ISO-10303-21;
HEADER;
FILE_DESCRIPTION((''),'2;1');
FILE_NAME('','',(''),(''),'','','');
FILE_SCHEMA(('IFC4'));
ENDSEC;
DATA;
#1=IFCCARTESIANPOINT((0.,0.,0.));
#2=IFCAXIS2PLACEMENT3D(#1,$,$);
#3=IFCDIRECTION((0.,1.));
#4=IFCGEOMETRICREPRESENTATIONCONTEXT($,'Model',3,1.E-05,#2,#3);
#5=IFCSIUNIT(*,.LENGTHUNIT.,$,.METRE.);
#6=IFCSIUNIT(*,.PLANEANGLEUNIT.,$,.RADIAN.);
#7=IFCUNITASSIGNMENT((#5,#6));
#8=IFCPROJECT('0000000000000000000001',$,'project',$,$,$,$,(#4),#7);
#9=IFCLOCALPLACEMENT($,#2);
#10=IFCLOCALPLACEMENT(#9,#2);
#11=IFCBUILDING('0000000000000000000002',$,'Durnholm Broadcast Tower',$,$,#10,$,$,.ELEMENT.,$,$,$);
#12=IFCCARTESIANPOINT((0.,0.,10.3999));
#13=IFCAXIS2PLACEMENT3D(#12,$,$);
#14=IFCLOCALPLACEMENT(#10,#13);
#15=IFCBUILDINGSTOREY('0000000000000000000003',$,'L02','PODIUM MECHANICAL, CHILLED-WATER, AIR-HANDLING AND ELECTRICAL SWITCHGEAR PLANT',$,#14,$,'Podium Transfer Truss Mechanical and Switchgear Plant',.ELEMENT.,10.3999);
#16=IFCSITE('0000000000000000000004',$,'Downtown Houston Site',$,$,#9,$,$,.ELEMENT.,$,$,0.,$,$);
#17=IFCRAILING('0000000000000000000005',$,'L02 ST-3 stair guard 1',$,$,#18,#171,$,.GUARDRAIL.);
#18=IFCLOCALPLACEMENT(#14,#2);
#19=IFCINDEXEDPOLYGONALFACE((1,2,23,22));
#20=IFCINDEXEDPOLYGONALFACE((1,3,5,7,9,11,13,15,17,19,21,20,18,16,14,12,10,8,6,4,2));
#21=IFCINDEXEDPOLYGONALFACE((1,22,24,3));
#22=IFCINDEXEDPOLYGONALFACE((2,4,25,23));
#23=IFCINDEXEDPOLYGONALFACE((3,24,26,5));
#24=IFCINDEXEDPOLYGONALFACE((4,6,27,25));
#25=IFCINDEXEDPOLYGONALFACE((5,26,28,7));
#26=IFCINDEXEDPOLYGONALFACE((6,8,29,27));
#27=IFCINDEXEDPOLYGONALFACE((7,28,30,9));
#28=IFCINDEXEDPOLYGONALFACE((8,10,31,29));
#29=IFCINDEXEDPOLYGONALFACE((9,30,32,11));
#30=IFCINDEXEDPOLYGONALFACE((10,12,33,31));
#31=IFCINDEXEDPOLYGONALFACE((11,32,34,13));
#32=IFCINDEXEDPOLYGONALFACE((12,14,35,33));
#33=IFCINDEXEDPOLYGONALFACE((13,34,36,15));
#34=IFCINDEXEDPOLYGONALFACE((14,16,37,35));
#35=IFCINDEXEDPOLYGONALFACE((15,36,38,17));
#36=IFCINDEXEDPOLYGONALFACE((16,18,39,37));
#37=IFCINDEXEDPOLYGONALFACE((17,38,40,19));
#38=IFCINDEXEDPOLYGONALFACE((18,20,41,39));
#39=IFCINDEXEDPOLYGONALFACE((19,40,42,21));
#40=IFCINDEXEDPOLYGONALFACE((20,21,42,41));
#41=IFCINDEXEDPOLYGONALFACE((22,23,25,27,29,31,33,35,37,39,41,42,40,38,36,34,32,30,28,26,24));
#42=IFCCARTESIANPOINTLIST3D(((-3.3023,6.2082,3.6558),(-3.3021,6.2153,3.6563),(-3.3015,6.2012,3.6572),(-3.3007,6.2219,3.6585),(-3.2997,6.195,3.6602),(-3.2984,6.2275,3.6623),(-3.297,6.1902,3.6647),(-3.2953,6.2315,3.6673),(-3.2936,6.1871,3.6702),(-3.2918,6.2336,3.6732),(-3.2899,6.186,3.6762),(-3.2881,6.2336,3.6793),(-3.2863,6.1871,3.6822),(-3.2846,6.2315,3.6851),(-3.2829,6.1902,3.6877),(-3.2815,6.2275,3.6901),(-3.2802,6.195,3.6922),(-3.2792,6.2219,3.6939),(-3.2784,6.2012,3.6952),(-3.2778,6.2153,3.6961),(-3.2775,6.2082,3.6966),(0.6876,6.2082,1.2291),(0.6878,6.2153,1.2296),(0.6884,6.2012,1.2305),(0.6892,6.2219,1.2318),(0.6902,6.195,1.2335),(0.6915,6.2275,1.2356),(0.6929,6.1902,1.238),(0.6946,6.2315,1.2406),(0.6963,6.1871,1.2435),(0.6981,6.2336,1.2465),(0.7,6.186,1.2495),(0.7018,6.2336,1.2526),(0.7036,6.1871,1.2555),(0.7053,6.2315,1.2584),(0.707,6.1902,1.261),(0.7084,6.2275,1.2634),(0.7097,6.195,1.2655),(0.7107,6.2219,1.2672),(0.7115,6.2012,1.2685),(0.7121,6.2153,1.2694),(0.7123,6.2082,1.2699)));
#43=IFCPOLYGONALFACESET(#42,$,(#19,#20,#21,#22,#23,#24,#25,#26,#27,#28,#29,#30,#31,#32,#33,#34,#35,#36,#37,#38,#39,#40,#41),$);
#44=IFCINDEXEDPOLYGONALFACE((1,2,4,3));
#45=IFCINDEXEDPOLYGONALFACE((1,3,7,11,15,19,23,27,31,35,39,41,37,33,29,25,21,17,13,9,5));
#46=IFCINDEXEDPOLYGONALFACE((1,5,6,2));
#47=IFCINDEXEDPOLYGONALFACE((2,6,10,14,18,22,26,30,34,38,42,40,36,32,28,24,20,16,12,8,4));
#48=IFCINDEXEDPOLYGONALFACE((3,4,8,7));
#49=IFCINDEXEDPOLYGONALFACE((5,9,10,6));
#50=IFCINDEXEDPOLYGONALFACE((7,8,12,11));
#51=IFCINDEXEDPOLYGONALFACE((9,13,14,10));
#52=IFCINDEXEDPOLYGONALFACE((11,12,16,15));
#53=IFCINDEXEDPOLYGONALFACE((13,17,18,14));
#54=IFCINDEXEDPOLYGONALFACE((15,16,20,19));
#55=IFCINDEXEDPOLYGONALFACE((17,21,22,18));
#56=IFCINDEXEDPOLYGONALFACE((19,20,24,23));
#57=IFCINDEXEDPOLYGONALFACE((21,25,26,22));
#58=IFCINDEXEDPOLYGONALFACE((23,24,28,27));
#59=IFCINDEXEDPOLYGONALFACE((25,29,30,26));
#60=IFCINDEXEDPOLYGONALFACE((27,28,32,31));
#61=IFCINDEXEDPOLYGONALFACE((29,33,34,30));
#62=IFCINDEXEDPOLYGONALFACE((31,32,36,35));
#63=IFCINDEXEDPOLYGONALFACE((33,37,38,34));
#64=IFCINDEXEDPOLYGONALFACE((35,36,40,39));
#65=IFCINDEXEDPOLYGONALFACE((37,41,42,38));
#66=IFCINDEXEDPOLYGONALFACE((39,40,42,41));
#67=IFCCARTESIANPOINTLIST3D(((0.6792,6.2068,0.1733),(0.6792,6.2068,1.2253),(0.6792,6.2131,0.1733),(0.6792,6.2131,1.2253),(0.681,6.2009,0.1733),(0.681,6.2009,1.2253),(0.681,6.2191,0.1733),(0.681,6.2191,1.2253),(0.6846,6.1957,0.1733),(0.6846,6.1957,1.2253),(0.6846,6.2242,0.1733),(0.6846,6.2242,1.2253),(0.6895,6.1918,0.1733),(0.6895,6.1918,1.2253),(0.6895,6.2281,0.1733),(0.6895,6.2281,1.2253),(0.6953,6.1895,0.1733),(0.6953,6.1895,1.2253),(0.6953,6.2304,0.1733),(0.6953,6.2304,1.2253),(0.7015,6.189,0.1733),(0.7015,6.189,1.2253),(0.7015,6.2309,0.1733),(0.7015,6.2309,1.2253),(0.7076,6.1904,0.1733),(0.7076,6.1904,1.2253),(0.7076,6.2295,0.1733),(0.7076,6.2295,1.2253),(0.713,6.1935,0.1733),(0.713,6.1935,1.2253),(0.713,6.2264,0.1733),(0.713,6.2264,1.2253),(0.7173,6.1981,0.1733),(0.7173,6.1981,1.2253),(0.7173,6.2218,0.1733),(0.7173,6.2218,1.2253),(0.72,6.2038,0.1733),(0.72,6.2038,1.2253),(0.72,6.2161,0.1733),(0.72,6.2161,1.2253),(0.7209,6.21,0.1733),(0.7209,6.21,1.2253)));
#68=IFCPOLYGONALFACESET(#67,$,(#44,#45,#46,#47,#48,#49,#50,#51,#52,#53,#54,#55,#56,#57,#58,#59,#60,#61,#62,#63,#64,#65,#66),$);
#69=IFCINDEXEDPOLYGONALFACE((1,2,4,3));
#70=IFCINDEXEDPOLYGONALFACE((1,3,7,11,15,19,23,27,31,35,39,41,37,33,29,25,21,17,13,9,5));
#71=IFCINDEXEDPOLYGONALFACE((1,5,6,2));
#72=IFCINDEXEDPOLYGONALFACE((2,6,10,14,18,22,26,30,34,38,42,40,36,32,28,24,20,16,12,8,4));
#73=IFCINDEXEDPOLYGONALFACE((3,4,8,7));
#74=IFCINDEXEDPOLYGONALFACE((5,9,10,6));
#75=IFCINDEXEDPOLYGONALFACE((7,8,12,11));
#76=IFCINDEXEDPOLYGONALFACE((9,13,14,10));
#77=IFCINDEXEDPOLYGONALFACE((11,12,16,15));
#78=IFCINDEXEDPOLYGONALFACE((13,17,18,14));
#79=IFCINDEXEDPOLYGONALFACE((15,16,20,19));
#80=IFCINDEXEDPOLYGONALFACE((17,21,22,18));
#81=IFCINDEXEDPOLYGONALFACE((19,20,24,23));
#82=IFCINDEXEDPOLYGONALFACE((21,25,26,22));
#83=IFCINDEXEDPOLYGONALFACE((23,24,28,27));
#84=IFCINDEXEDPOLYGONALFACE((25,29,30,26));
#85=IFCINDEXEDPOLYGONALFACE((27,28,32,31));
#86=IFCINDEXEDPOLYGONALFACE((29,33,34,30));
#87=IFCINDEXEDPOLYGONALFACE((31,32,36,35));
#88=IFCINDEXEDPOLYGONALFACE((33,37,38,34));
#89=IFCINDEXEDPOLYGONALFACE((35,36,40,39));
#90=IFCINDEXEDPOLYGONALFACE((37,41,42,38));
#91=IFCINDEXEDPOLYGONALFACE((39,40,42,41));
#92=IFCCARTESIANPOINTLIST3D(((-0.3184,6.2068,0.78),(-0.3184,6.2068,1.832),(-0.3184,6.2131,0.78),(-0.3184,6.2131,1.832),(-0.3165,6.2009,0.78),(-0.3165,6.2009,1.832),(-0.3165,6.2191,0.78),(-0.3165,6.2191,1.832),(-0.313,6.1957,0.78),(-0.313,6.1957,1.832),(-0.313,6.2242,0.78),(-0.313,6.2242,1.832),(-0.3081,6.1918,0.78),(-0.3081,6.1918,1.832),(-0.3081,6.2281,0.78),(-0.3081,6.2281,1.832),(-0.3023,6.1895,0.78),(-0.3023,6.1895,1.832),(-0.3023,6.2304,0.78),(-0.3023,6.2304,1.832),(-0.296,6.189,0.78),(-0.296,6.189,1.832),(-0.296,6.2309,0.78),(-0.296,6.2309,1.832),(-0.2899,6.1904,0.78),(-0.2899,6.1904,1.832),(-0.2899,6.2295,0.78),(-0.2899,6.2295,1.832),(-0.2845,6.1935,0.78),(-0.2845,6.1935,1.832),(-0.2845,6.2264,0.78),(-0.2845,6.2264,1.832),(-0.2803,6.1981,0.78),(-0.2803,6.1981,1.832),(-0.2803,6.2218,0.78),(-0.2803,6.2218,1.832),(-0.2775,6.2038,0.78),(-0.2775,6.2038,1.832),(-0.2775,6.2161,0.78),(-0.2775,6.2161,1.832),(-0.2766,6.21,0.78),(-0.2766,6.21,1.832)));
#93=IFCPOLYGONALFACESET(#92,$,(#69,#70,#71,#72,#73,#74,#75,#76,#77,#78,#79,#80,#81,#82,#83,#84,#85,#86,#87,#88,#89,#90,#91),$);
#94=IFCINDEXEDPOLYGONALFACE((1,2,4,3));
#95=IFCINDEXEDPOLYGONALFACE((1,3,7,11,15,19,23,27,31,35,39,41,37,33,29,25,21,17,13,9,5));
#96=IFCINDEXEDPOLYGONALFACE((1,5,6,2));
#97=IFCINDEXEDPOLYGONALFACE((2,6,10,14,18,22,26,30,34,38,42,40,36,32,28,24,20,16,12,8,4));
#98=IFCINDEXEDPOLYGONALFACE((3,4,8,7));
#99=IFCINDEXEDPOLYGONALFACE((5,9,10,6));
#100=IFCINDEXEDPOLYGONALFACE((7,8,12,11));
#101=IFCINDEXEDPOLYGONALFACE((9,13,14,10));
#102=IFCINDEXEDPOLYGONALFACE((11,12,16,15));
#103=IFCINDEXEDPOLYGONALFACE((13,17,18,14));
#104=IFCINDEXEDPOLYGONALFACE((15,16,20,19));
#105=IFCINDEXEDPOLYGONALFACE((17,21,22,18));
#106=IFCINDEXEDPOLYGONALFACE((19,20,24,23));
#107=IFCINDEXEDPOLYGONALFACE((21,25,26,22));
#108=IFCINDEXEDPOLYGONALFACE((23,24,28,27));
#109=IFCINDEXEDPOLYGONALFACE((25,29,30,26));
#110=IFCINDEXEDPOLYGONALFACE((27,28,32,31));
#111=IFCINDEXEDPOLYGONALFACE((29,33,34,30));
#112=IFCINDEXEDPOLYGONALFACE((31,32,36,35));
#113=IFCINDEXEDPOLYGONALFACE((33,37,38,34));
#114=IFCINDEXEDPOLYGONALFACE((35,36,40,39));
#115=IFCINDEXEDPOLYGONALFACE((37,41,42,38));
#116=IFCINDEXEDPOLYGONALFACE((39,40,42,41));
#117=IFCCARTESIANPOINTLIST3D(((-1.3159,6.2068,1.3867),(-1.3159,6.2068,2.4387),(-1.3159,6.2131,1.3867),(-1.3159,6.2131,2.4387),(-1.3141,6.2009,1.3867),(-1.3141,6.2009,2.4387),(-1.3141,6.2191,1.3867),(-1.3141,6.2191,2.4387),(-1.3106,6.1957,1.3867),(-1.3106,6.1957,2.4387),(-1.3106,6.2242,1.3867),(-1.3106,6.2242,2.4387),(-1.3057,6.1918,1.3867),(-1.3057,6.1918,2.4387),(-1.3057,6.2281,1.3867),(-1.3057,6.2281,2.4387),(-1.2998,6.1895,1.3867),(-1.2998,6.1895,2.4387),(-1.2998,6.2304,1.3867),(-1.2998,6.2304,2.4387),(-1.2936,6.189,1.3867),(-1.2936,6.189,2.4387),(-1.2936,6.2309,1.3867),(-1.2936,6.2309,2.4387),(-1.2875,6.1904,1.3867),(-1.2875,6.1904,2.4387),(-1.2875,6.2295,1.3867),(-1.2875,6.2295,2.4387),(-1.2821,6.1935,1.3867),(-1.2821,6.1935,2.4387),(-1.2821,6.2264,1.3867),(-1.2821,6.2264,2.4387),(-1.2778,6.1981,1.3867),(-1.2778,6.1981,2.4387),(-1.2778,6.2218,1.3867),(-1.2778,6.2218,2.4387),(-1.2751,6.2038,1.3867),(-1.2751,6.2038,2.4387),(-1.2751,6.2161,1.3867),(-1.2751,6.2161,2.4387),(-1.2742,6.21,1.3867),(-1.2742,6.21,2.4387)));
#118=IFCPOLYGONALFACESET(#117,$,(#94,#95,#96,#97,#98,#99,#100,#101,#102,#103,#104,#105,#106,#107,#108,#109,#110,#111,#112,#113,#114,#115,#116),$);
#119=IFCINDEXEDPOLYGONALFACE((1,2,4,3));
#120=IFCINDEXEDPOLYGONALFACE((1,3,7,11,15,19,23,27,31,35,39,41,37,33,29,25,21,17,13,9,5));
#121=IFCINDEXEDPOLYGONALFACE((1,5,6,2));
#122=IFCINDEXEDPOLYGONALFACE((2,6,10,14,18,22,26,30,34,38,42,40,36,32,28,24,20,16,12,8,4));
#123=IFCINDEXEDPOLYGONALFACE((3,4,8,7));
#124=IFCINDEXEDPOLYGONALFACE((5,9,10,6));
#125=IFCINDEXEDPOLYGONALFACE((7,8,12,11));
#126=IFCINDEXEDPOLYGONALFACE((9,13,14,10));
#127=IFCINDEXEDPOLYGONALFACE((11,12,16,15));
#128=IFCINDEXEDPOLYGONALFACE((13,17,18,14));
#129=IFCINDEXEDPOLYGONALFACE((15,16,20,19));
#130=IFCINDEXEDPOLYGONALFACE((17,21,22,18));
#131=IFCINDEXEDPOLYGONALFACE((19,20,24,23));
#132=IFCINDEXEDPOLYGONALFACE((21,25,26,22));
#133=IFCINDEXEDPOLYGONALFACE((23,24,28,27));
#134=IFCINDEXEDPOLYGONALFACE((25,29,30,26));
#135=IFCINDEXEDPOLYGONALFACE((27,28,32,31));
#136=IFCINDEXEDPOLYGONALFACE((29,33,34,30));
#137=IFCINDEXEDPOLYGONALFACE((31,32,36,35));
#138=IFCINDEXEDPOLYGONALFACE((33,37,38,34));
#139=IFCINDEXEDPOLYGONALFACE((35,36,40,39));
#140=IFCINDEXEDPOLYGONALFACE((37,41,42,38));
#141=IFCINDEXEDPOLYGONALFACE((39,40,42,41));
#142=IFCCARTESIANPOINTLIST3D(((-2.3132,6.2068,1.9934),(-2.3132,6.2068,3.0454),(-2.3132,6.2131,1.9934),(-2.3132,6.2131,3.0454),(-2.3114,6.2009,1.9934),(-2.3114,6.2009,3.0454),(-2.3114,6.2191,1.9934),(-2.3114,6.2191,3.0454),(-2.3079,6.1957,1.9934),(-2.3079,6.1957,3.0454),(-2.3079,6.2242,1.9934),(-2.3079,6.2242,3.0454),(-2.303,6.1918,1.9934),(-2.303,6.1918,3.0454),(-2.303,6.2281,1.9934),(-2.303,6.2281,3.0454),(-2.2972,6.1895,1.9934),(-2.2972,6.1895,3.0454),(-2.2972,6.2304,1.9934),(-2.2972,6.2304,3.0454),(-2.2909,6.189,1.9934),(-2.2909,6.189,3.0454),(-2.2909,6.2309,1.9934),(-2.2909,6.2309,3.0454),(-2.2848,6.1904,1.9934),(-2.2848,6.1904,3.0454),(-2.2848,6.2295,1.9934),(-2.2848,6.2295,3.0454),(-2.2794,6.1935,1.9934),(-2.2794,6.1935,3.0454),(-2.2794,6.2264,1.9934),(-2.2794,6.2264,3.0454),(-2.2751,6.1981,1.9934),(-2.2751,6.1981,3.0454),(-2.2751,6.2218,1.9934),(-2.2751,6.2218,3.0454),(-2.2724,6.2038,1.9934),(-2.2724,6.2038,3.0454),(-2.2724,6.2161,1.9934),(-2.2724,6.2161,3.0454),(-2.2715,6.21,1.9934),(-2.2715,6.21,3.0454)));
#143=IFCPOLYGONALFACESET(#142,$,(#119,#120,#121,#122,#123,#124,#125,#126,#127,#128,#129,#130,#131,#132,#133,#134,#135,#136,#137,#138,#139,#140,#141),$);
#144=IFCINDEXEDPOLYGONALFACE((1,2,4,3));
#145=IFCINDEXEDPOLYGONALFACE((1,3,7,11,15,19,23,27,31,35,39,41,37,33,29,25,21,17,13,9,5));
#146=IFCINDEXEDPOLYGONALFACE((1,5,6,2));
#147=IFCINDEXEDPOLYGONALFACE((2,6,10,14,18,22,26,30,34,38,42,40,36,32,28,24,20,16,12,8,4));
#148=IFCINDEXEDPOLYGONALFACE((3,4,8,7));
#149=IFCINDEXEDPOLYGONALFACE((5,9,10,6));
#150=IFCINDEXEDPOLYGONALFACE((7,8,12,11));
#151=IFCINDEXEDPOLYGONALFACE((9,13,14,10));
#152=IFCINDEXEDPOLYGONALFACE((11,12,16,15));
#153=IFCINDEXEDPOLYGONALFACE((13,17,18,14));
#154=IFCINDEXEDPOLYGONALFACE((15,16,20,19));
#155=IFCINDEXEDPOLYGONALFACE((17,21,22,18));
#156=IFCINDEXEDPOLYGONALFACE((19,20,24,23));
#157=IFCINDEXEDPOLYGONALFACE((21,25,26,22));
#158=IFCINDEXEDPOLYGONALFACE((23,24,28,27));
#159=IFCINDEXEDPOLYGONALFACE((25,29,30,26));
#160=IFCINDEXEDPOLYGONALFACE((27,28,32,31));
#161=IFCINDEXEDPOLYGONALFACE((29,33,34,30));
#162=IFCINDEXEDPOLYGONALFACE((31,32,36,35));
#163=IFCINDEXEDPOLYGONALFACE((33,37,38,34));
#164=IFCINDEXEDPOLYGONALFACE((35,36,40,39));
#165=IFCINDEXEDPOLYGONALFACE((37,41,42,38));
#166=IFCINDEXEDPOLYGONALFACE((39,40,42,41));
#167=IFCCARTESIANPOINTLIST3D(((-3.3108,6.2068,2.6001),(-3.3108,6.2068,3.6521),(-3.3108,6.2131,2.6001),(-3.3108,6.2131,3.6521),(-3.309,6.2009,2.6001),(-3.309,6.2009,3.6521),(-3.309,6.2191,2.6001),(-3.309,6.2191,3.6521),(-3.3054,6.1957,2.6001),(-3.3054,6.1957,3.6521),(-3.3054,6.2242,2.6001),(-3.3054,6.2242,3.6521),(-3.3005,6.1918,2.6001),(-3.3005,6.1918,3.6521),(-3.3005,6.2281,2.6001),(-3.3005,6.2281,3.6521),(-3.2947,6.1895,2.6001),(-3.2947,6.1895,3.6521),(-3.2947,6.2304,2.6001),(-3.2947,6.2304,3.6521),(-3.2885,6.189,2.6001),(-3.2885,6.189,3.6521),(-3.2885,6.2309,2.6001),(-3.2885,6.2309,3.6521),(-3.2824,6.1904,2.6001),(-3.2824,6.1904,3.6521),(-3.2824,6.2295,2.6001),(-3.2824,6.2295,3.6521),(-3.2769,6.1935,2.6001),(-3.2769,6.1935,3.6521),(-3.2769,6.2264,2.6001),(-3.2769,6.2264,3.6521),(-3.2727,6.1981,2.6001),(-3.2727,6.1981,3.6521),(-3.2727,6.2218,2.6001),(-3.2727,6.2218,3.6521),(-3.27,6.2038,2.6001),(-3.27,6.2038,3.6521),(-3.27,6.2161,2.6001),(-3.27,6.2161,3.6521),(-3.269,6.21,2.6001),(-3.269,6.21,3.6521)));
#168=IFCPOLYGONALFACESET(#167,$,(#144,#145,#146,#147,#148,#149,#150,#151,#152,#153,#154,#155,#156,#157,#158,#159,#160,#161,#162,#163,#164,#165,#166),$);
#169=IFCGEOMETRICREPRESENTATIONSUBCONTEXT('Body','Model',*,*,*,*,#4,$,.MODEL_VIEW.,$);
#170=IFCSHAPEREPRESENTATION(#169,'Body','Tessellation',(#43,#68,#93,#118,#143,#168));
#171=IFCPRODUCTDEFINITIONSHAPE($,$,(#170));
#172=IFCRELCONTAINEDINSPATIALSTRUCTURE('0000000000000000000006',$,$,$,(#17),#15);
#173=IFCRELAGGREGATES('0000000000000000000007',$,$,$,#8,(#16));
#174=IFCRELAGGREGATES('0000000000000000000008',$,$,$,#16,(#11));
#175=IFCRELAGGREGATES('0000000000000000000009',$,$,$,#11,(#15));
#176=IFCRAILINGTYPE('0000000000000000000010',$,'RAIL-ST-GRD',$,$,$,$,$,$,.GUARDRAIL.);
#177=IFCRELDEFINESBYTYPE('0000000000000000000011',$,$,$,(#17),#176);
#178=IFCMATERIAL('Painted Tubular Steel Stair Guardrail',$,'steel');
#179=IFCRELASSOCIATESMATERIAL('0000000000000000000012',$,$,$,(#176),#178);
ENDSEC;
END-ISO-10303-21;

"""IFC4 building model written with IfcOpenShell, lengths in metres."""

from ifc_helpers import new_model, si_unit, direction, frame, origin, origin_2d, place, context, subcontext, project, spatial, circle, extrude, material, type_object, element, save


model = new_model("IFC4")

# Units and contexts
model_context = context("Model", 3, precision=1e-05, world=origin(), true_north=direction((0.0, 1.0)))
body_context = subcontext(model_context, "Body", "Model", "MODEL_VIEW")
ifc_project = project(units=[si_unit("LENGTHUNIT", "METRE"), si_unit("PLANEANGLEUNIT", "RADIAN")], contexts=[model_context])

# Site, building, storey
site_placement = place(None, origin())
site = spatial("IfcSite", under=ifc_project, at=site_placement, Name="Downtown Houston Site", CompositionType="ELEMENT", RefElevation=0.0)
building_placement = place(site_placement, origin())
building = spatial("IfcBuilding", under=site, at=building_placement, Name="Durnholm Broadcast Tower", CompositionType="ELEMENT")
storey_placement = place(building_placement, frame((0.0, 0.0, 10.3999)))
storey = spatial("IfcBuildingStorey", under=building, at=storey_placement, Name="L02", Description="PODIUM MECHANICAL, CHILLED-WATER, AIR-HANDLING AND ELECTRICAL SWITCHGEAR PLANT", LongName="Podium Transfer Truss Mechanical and Switchgear Plant", CompositionType="ELEMENT", Elevation=10.3999)

# Railing
ifc_material_1 = material(Name="Painted Tubular Steel Stair Guardrail", Category="steel")
railing_type_1 = type_object("IfcRailingType", Name="RAIL-ST-GRD", PredefinedType="GUARDRAIL", material=ifc_material_1)
railing_1_placement = place(storey_placement, frame((0.7, 6.21, 0.1733)))
element("IfcRailing", 1, at=railing_1_placement, inside=storey, type_object=railing_type_1, Name="L02 ST-3 stair guard 1", PredefinedType="GUARDRAIL", context=body_context, shape_type="SweptSolid", body=[
    extrude(circle(Radius=0.0239, at=origin_2d()), frame((0.0, 0.0, 1.0762), z_axis=(-0.854382, 0.0, 0.519645), x_axis=(0.0, -1.0, 0.0)), (0.0, 0.0, 1.0), 4.6699),
    extrude(circle(Radius=0.021, at=origin_2d()), origin(), (0.0, 0.0, 1.0), 1.052),
    extrude(circle(Radius=0.021, at=origin_2d()), frame((-0.9976, 0.0, 0.6067)), (0.0, 0.0, 1.0), 1.052),
    extrude(circle(Radius=0.021, at=origin_2d()), frame((-1.9951, 0.0, 1.2134)), (0.0, 0.0, 1.0), 1.052),
    extrude(circle(Radius=0.021, at=origin_2d()), frame((-2.9924, 0.0, 1.8201)), (0.0, 0.0, 1.0), 1.052),
    extrude(circle(Radius=0.021, at=origin_2d()), frame((-3.99, 0.0, 2.4268)), (0.0, 0.0, 1.0), 1.052),
])

save(model, "model.ifc")
